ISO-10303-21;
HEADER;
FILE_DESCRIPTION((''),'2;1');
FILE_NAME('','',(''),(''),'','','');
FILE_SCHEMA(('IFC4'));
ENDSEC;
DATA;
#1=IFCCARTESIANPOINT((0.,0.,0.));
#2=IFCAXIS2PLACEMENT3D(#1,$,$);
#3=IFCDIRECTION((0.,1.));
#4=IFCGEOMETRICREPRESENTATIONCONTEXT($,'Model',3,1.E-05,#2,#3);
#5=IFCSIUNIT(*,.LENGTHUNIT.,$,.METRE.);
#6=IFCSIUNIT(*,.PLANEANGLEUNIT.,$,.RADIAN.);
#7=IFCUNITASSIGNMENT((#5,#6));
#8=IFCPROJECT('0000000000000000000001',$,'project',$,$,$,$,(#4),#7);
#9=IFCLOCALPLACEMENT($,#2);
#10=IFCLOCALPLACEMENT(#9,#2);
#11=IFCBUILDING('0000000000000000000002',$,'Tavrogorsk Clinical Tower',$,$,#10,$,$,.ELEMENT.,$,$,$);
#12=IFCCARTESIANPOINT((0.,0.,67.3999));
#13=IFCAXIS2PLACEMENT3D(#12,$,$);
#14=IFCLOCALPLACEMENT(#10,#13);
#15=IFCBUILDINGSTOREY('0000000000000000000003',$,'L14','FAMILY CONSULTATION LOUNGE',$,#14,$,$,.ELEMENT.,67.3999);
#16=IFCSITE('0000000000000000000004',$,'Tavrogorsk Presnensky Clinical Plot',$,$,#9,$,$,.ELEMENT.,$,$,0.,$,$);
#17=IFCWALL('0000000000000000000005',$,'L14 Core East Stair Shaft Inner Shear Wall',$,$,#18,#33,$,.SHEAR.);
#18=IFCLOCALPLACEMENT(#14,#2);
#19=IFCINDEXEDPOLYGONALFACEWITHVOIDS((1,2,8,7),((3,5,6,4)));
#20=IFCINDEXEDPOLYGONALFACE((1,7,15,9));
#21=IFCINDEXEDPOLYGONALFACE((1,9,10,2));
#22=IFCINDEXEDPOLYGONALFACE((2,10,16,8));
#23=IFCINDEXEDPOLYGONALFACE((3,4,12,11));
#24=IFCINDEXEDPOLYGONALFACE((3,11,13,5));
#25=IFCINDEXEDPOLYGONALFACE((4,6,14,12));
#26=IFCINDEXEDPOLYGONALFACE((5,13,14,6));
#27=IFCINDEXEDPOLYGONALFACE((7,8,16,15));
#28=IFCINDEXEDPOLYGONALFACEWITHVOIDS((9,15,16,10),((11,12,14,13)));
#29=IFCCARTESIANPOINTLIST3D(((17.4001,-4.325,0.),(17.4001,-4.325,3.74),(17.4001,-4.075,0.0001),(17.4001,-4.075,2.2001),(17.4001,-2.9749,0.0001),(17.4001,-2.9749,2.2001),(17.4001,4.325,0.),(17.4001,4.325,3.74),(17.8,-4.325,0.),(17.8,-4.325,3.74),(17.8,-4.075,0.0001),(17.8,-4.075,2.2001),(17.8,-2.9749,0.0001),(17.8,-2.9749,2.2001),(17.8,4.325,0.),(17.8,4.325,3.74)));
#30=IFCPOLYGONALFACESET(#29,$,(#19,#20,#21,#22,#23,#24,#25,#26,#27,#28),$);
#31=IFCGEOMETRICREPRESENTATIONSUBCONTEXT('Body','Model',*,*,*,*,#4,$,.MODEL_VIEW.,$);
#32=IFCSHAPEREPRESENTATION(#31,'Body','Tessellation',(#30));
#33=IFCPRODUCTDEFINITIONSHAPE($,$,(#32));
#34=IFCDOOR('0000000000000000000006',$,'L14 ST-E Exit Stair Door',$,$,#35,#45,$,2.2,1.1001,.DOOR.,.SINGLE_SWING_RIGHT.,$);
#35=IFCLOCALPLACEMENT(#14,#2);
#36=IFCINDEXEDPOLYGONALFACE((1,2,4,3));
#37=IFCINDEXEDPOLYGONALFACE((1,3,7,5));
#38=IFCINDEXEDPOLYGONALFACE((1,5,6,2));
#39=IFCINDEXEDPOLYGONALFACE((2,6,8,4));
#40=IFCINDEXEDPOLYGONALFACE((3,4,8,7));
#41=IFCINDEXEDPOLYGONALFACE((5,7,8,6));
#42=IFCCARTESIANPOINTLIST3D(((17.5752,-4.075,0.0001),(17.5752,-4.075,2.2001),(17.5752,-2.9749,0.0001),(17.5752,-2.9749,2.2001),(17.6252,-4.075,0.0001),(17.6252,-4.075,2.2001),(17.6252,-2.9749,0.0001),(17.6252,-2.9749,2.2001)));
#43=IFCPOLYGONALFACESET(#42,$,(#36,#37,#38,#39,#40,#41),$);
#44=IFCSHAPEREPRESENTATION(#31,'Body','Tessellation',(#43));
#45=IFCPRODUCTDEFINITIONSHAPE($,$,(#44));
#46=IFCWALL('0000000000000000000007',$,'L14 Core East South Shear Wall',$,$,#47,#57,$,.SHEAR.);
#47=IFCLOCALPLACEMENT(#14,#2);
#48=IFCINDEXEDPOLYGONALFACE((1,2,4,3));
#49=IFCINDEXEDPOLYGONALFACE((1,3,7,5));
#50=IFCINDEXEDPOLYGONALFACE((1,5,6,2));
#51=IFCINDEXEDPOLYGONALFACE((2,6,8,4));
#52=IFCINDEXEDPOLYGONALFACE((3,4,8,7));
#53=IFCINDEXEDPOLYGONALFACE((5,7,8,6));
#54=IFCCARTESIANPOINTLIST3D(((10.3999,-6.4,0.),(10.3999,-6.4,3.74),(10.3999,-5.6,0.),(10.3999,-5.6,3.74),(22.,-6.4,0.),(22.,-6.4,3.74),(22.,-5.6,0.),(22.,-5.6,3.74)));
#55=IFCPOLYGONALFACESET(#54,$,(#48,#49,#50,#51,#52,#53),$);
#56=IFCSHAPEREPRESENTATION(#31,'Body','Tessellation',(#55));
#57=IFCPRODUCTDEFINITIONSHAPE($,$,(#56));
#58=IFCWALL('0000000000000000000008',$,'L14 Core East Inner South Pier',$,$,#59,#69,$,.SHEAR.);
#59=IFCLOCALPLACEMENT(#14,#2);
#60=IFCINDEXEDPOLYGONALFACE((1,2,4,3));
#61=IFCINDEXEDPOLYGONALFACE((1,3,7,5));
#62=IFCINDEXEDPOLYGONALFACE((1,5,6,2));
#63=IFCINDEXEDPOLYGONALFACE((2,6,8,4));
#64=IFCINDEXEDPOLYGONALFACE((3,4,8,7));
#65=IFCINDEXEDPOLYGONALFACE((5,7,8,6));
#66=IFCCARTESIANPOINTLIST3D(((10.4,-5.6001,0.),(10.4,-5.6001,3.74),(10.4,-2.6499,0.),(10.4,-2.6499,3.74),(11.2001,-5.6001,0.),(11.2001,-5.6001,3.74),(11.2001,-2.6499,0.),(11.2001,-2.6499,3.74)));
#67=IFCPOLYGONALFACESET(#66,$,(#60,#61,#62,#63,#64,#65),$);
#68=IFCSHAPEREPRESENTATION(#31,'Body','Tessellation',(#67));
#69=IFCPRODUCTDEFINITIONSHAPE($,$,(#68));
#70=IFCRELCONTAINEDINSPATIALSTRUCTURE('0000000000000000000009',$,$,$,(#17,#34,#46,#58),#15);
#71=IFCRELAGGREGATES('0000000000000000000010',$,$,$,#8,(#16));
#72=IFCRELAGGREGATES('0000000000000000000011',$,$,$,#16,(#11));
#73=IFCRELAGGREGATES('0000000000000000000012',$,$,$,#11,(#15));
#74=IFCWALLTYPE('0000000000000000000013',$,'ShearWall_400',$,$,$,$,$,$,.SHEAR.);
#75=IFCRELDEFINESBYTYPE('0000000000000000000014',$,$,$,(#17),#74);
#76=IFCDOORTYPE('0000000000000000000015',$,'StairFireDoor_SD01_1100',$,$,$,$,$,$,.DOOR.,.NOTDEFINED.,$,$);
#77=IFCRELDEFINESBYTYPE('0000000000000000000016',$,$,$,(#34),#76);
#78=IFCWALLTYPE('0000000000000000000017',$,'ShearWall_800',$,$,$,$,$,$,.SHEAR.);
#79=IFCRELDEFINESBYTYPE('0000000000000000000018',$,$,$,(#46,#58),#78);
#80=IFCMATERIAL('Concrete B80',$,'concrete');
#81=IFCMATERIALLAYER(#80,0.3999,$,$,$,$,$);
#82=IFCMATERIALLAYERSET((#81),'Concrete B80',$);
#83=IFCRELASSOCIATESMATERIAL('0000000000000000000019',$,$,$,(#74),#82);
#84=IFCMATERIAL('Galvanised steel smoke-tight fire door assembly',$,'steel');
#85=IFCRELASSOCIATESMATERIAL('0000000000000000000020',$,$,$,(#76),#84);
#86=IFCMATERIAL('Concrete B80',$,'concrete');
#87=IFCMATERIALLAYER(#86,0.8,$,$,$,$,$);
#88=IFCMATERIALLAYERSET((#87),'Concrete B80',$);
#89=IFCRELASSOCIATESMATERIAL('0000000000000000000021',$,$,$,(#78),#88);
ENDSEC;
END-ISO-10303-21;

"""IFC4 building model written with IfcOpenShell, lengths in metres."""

from ifc_helpers import new_model, si_unit, direction, frame, frame_2d, origin, place, context, subcontext, project, spatial, rectangle, extrude, material, layer, layer_set, type_object, element, fill, save


model = new_model("IFC4")

# Units and contexts
model_context = context("Model", 3, precision=1e-05, world=origin(), true_north=direction((0.0, 1.0)))
body_context = subcontext(model_context, "Body", "Model", "MODEL_VIEW")
ifc_project = project(units=[si_unit("LENGTHUNIT", "METRE"), si_unit("PLANEANGLEUNIT", "RADIAN")], contexts=[model_context])

# Site, building, storey
site_placement = place(None, origin())
site = spatial("IfcSite", under=ifc_project, at=site_placement, Name="Tavrogorsk Presnensky Clinical Plot", CompositionType="ELEMENT", RefElevation=0.0)
building_placement = place(site_placement, origin())
building = spatial("IfcBuilding", under=site, at=building_placement, Name="Tavrogorsk Clinical Tower", CompositionType="ELEMENT")
storey_placement = place(building_placement, frame((0.0, 0.0, 67.3999)))
storey = spatial("IfcBuildingStorey", under=building, at=storey_placement, Name="L14", Description="FAMILY CONSULTATION LOUNGE", CompositionType="ELEMENT", Elevation=67.3999)

# Wall, opening, door
ifc_material_1 = material(Name="Concrete B80", Category="concrete")
ifc_layer_1 = layer(ifc_material_1, 0.3999)
ifc_layer_set_1 = layer_set([ifc_layer_1], Name="Concrete B80")
wall_type_1 = type_object("IfcWallType", Name="ShearWall_400", PredefinedType="SHEAR", material=ifc_layer_set_1)
wall_1_placement = place(storey_placement, frame((17.6001, -4.325, 0.0), z_axis=(0.0, 0.0, 1.0), x_axis=(0.0, 1.0, 0.0)))
wall_1 = element("IfcWall", 1, at=wall_1_placement, inside=storey, type_object=wall_type_1, Name="L14 Core East Stair Shaft Inner Shear Wall", PredefinedType="SHEAR", context=body_context, shape_type="SweptSolid", body=[
    extrude(rectangle(XDim=8.6499, YDim=0.3999, at=frame_2d((4.325, 0.0))), origin(), (0.0, 0.0, 1.0), 3.74),
])
opening_1_placement = place(wall_1_placement, frame((0.25, 0.0, 0.0)))
opening_1 = element("IfcOpeningElement", 2, at=opening_1_placement, cuts=wall_1, PredefinedType="OPENING", context=body_context, shape_type="SweptSolid", body=[
    extrude(rectangle(XDim=1.1001, YDim=2.2, at=frame_2d((0.55, 1.1001))), frame((0.0, 0.21, 0.0), z_axis=(0.0, -1.0, 0.0), x_axis=(1.0, 0.0, 0.0)), (0.0, 0.0, 1.0), 0.4199),
])
ifc_material_2 = material(Name="Galvanised steel smoke-tight fire door assembly", Category="steel")
door_type_1 = type_object("IfcDoorType", Name="StairFireDoor_SD01_1100", OperationType="NOTDEFINED", PredefinedType="DOOR", material=ifc_material_2)
door_1_placement = place(opening_1_placement, origin())
door_1 = element("IfcDoor", 3, at=door_1_placement, inside=storey, type_object=door_type_1, Name="L14 ST-E Exit Stair Door", OperationType="SINGLE_SWING_RIGHT", OverallHeight=2.2, OverallWidth=1.1001, PredefinedType="DOOR", context=body_context, shape_type="SweptSolid", body=[
    extrude(rectangle(XDim=1.1001, YDim=2.2, at=frame_2d((0.55, 1.1001))), frame((0.0, 0.0249, 0.0), z_axis=(0.0, -1.0, 0.0), x_axis=(1.0, 0.0, 0.0)), (0.0, 0.0, 1.0), 0.05),
])
fill(opening_1, door_1)

# Walls
ifc_material_3 = material(Name="Concrete B80", Category="concrete")
ifc_layer_2 = layer(ifc_material_3, 0.8)
ifc_layer_set_2 = layer_set([ifc_layer_2], Name="Concrete B80")
wall_type_2 = type_object("IfcWallType", Name="ShearWall_800", PredefinedType="SHEAR", material=ifc_layer_set_2)
wall_2_placement = place(storey_placement, frame((10.3999, -6.0, 0.0), z_axis=(0.0, 0.0, 1.0), x_axis=(1.0, 0.0, 0.0)))
element("IfcWall", 4, at=wall_2_placement, inside=storey, type_object=wall_type_2, Name="L14 Core East South Shear Wall", PredefinedType="SHEAR", context=body_context, shape_type="SweptSolid", body=[
    extrude(rectangle(XDim=11.6001, YDim=0.8, at=frame_2d((5.8, 0.0))), origin(), (0.0, 0.0, 1.0), 3.74),
])
wall_3_placement = place(storey_placement, frame((10.8, -5.6001, 0.0), z_axis=(0.0, 0.0, 1.0), x_axis=(0.0, 1.0, 0.0)))
element("IfcWall", 5, at=wall_3_placement, inside=storey, type_object=wall_type_2, Name="L14 Core East Inner South Pier", PredefinedType="SHEAR", context=body_context, shape_type="SweptSolid", body=[
    extrude(rectangle(XDim=2.9502, YDim=0.8, at=frame_2d((1.4751, 0.0))), origin(), (0.0, 0.0, 1.0), 3.74),
])

save(model, "model.ifc")
